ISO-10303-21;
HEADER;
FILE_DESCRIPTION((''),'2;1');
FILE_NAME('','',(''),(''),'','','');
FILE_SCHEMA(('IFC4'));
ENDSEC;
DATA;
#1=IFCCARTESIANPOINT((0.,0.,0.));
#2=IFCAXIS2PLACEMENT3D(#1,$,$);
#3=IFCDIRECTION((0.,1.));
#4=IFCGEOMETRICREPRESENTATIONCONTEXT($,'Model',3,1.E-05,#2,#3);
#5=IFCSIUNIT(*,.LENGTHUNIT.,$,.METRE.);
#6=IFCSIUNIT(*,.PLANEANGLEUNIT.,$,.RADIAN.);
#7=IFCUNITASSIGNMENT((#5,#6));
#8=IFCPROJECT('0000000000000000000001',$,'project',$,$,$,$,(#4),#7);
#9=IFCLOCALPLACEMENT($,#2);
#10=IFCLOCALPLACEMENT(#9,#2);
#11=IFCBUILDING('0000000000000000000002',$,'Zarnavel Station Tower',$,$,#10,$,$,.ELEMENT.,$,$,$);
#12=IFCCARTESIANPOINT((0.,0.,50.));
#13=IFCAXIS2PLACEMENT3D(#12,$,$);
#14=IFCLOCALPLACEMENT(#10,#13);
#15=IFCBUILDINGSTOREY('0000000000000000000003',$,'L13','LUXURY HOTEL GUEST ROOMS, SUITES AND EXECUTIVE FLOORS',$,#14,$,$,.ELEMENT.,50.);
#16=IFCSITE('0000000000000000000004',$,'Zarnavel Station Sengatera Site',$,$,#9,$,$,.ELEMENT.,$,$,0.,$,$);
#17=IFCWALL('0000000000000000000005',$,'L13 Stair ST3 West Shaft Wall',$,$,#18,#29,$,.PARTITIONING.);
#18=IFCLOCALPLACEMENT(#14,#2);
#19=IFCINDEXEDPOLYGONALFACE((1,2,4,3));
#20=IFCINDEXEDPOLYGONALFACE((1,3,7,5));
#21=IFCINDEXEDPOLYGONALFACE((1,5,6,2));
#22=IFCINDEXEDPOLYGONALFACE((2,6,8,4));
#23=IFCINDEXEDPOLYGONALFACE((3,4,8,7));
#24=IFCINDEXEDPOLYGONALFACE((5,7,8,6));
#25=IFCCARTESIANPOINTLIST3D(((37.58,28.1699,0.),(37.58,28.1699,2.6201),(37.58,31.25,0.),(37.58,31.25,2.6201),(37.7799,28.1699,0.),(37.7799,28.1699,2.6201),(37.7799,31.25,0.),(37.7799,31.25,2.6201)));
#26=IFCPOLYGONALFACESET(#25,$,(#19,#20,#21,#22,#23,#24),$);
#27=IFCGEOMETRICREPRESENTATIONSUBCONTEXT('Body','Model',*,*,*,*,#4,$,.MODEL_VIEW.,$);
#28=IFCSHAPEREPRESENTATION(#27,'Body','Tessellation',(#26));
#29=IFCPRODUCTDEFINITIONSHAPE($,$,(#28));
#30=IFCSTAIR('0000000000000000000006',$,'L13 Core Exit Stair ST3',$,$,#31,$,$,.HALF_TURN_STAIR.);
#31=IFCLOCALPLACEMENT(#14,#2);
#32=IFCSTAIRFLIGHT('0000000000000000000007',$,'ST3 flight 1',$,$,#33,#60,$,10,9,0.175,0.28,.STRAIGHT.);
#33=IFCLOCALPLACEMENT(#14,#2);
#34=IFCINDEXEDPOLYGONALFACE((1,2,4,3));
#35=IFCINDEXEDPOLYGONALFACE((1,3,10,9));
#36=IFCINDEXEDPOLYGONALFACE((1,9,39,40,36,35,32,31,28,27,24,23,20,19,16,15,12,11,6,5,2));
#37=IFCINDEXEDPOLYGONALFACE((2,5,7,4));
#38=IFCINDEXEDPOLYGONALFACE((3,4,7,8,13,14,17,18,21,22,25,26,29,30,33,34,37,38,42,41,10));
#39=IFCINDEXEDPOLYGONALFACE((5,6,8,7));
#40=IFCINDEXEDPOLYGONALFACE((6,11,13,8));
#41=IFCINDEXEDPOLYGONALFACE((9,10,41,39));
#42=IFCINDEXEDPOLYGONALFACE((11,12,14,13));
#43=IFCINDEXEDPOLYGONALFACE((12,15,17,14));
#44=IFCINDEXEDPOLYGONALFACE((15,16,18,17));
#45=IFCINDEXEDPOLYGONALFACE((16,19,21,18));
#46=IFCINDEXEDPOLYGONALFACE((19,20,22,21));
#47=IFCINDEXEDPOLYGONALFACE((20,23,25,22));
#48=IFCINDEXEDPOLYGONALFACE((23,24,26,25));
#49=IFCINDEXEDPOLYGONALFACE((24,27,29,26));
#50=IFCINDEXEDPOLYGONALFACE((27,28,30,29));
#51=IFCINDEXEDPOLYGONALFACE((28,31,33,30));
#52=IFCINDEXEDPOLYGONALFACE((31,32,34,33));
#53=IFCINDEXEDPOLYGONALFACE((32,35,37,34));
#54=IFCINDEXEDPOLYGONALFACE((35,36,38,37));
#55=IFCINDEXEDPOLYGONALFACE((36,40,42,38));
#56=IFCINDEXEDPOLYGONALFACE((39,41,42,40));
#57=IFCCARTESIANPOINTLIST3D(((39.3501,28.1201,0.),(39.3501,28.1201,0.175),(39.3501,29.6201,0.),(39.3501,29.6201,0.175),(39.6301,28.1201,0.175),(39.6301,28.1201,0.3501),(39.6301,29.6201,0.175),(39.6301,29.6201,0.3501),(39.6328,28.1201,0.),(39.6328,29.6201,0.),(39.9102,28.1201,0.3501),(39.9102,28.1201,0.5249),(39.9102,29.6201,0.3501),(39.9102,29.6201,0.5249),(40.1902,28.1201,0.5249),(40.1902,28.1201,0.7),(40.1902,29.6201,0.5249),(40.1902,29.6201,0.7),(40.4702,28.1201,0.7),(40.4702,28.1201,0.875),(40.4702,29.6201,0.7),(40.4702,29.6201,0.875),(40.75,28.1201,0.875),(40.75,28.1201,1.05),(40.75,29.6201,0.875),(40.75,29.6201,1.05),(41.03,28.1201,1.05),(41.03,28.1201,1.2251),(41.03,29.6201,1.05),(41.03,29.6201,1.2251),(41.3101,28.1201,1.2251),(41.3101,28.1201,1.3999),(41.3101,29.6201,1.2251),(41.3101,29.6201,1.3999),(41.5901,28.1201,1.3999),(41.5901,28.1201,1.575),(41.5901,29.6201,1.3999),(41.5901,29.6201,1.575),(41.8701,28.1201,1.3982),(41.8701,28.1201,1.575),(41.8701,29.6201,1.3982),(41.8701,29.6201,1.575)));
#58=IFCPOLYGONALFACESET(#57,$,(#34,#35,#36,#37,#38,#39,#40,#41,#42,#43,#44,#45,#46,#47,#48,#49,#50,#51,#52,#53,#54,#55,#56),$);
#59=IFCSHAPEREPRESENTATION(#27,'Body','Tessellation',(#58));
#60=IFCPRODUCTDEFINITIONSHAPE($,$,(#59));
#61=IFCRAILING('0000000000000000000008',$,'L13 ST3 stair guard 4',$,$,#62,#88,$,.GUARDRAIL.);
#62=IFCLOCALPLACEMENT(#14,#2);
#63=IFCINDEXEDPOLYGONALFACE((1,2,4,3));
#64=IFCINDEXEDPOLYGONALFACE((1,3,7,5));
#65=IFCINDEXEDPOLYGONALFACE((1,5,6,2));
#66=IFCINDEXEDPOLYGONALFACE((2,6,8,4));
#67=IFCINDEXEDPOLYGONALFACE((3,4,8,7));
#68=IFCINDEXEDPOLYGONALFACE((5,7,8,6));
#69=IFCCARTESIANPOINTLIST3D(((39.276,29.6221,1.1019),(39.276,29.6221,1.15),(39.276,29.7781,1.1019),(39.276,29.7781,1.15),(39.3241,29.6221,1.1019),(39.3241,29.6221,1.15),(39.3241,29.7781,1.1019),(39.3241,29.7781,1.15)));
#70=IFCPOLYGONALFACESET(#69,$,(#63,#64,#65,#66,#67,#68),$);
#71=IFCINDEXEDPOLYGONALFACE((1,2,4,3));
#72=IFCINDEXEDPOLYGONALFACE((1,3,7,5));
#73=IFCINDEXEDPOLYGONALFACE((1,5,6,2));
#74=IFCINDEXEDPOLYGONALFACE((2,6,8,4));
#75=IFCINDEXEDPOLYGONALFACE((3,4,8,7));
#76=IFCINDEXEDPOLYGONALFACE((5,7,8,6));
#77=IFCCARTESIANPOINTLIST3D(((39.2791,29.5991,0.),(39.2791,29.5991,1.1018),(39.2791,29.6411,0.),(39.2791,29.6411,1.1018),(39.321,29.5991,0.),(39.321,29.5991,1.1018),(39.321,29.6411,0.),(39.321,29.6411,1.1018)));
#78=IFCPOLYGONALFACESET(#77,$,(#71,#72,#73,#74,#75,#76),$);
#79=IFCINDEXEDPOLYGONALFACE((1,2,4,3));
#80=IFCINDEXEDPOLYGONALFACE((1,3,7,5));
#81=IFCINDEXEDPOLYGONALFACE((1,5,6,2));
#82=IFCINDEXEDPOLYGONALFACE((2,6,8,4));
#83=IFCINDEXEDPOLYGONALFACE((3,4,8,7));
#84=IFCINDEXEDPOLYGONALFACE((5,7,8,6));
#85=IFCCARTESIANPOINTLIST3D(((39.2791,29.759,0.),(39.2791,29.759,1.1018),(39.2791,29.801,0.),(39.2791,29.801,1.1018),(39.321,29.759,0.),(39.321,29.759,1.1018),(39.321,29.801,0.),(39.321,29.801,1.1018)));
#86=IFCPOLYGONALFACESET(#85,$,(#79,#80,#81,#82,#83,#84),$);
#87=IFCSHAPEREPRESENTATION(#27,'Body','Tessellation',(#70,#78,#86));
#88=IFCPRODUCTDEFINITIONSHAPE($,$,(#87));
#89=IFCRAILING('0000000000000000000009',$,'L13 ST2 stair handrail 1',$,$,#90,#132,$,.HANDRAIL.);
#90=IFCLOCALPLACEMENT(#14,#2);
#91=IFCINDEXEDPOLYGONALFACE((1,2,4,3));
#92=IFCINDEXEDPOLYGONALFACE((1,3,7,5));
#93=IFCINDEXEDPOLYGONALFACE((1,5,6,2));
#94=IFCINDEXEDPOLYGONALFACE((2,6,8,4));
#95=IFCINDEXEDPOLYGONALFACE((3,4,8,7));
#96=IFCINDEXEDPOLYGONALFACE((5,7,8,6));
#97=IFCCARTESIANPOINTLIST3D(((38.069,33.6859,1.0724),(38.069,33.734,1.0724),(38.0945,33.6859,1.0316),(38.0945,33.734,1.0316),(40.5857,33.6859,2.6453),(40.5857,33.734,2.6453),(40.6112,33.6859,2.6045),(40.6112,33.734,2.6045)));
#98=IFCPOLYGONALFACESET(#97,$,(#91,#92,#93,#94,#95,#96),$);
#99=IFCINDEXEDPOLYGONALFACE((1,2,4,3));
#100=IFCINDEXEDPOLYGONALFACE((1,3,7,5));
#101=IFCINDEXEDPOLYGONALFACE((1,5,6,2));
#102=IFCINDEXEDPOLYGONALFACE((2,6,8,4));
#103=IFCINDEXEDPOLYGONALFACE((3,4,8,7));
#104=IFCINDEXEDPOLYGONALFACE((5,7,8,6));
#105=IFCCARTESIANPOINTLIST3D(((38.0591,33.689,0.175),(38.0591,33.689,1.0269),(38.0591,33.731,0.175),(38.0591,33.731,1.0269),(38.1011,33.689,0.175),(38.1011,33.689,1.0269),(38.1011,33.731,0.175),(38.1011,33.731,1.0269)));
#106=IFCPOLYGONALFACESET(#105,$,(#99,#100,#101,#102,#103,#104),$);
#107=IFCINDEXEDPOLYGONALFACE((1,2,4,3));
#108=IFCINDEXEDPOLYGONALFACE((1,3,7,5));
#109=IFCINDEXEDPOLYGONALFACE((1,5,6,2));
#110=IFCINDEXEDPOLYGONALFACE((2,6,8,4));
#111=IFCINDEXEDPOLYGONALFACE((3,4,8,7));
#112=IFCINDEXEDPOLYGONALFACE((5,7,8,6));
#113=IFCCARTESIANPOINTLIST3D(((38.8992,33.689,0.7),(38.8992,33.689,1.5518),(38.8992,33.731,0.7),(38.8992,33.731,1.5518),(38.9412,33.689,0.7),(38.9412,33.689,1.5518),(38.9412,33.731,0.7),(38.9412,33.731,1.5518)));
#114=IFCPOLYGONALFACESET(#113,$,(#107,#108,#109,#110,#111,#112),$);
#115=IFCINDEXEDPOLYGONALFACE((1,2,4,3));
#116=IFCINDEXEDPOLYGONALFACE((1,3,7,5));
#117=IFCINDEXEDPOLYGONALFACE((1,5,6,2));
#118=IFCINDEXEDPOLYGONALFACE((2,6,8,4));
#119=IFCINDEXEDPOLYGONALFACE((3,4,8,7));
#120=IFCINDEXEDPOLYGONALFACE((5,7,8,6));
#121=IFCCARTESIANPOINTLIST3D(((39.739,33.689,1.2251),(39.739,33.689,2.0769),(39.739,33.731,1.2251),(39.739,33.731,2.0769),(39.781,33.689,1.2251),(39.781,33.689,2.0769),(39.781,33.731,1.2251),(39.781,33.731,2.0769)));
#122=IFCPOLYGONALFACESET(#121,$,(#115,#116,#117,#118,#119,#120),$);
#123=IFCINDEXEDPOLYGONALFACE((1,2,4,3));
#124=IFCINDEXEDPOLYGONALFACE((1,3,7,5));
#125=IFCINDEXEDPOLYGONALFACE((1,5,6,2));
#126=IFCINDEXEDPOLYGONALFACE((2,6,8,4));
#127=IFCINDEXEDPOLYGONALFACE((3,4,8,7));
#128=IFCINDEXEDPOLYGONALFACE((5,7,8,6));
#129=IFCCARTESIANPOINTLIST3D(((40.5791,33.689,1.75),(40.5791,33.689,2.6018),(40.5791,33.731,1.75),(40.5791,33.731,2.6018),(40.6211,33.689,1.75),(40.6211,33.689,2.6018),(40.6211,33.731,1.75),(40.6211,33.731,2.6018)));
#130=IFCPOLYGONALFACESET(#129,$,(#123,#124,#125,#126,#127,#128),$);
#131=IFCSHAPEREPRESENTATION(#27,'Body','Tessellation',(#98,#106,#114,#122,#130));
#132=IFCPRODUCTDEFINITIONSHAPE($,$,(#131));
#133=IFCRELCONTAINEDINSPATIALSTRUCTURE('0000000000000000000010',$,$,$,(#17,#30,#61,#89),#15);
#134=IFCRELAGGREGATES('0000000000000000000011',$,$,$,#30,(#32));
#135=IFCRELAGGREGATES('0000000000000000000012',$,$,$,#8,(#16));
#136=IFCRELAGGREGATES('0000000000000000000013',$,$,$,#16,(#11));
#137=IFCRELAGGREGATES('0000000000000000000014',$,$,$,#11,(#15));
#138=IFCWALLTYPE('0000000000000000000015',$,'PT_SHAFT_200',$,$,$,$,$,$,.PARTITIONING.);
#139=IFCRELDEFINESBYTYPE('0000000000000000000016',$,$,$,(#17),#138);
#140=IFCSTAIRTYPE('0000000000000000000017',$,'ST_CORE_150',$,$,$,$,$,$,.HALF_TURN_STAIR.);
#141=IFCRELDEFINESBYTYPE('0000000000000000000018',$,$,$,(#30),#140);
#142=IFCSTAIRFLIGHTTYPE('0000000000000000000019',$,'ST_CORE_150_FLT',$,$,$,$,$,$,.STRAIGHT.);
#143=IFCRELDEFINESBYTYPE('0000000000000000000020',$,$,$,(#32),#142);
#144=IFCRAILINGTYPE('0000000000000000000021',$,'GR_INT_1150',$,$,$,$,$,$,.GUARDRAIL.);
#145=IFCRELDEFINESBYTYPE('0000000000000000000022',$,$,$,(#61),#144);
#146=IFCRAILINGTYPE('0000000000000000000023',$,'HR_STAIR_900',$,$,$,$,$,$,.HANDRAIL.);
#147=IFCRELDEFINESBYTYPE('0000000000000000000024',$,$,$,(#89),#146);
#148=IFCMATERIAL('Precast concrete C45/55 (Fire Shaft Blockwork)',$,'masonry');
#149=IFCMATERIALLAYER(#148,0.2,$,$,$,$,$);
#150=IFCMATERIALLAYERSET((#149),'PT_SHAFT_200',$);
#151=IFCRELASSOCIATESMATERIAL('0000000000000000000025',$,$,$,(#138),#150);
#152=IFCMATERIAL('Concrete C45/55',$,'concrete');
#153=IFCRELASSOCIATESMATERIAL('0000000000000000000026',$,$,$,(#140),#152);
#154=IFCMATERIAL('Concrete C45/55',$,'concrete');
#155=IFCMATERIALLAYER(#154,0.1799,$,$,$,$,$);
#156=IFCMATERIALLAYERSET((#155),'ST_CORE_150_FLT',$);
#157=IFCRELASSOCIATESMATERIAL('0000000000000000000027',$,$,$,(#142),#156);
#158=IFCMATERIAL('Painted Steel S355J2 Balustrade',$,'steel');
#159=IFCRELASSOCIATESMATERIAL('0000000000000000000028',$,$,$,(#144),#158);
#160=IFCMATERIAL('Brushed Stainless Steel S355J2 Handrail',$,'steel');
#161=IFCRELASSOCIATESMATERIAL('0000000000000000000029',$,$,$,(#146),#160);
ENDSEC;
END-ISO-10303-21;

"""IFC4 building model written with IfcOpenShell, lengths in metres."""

from ifc_helpers import new_model, si_unit, direction, frame, frame_2d, origin, origin_2d, place, context, subcontext, project, spatial, polyline, rectangle, outline, extrude, material, layer, layer_set, type_object, element, aggregate, save


model = new_model("IFC4")

# Units and contexts
model_context = context("Model", 3, precision=1e-05, world=origin(), true_north=direction((0.0, 1.0)))
body_context = subcontext(model_context, "Body", "Model", "MODEL_VIEW")
ifc_project = project(units=[si_unit("LENGTHUNIT", "METRE"), si_unit("PLANEANGLEUNIT", "RADIAN")], contexts=[model_context])

# Site, building, storey
site_placement = place(None, origin())
site = spatial("IfcSite", under=ifc_project, at=site_placement, Name="Zarnavel Station Sengatera Site", CompositionType="ELEMENT", RefElevation=0.0)
building_placement = place(site_placement, origin())
building = spatial("IfcBuilding", under=site, at=building_placement, Name="Zarnavel Station Tower", CompositionType="ELEMENT")
storey_placement = place(building_placement, frame((0.0, 0.0, 50.0)))
storey = spatial("IfcBuildingStorey", under=building, at=storey_placement, Name="L13", Description="LUXURY HOTEL GUEST ROOMS, SUITES AND EXECUTIVE FLOORS", CompositionType="ELEMENT", Elevation=50.0)

# Shared definitions
ifc_material_1 = material(Name="Precast concrete C45/55 (Fire Shaft Blockwork)", Category="masonry")
ifc_layer_1 = layer(ifc_material_1, 0.2)
ifc_layer_set_1 = layer_set([ifc_layer_1], Name="PT_SHAFT_200")
wall_type_1 = type_object("IfcWallType", Name="PT_SHAFT_200", PredefinedType="PARTITIONING", material=ifc_layer_set_1)

# Wall
wall_1_placement = place(storey_placement, frame((37.6799, 28.1699, 0.0), z_axis=(0.0, 0.0, 1.0), x_axis=(0.0, 1.0, 0.0)))
element("IfcWall", 1, at=wall_1_placement, inside=storey, type_object=wall_type_1, Name="L13 Stair ST3 West Shaft Wall", PredefinedType="PARTITIONING", context=body_context, shape_type="SweptSolid", body=[
    extrude(rectangle(XDim=3.0801, YDim=0.2, at=frame_2d((1.54, 0.0))), origin(), (0.0, 0.0, 1.0), 2.6201),
])

# Stair, stair flight
ifc_material_2 = material(Name="Concrete C45/55", Category="concrete")
stair_type = type_object("IfcStairType", Name="ST_CORE_150", PredefinedType="HALF_TURN_STAIR", material=ifc_material_2)
stair_placement = place(storey_placement, origin())
stair = element("IfcStair", 2, at=stair_placement, inside=storey, type_object=stair_type, Name="L13 Core Exit Stair ST3", PredefinedType="HALF_TURN_STAIR")
ifc_material_3 = material(Name="Concrete C45/55", Category="concrete")
ifc_layer_2 = layer(ifc_material_3, 0.1799)
ifc_layer_set_2 = layer_set([ifc_layer_2], Name="ST_CORE_150_FLT")
stair_flight_type = type_object("IfcStairFlightType", Name="ST_CORE_150_FLT", PredefinedType="STRAIGHT", material=ifc_layer_set_2)
stair_flight_placement = place(storey_placement, frame((39.3501, 28.8701, 0.0), z_axis=(0.0, 0.0, 1.0), x_axis=(1.0, 0.0, 0.0)))
stair_flight = element("IfcStairFlight", 3, at=stair_flight_placement, type_object=stair_flight_type, Name="ST3 flight 1", NumberOfRisers=10, NumberOfTreads=9, PredefinedType="STRAIGHT", RiserHeight=0.175, TreadLength=0.28, context=body_context, shape_type="SweptSolid", body=[
    extrude(outline(polyline([(0.0, 0.0), (0.0, 0.175), (0.28, 0.175), (0.28, 0.3501), (0.5601, 0.3501), (0.5601, 0.5249), (0.8401, 0.5249), (0.8401, 0.7), (1.1201, 0.7), (1.1201, 0.875), (1.3999, 0.875), (1.3999, 1.05), (1.6799, 1.05), (1.6799, 1.2251), (1.96, 1.2251), (1.96, 1.3999), (2.24, 1.3999), (2.24, 1.575), (2.52, 1.575), (2.52, 1.75), (2.52, 1.3982), (0.2827, 0.0), (0.0, 0.0)])), frame((0.0, 0.75, 0.0), z_axis=(0.0, -1.0, 0.0), x_axis=(1.0, 0.0, 0.0)), (0.0, 0.0, 1.0), 1.5),
])
aggregate(stair, [stair_flight])

# Railings
ifc_material_4 = material(Name="Painted Steel S355J2 Balustrade", Category="steel")
railing_type_1 = type_object("IfcRailingType", Name="GR_INT_1150", PredefinedType="GUARDRAIL", material=ifc_material_4)
railing_1_placement = place(storey_placement, frame((39.3, 29.6201, 0.0)))
element("IfcRailing", 4, at=railing_1_placement, inside=storey, type_object=railing_type_1, Name="L13 ST3 stair guard 4", PredefinedType="GUARDRAIL", context=body_context, shape_type="SweptSolid", body=[
    extrude(rectangle(XDim=0.0481, YDim=0.0481, at=origin_2d()), frame((0.0, 0.002, 1.126), z_axis=(0.0, 1.0, 0.0), x_axis=(-1.0, 0.0, 0.0)), (0.0, 0.0, 1.0), 0.156),
    extrude(rectangle(XDim=0.042, YDim=0.042, at=origin_2d()), origin(), (0.0, 0.0, 1.0), 1.1018),
    extrude(rectangle(XDim=0.042, YDim=0.042, at=origin_2d()), frame((0.0, 0.1599, 0.0)), (0.0, 0.0, 1.0), 1.1018),
])
ifc_material_5 = material(Name="Brushed Stainless Steel S355J2 Handrail", Category="steel")
railing_type_2 = type_object("IfcRailingType", Name="HR_STAIR_900", PredefinedType="HANDRAIL", material=ifc_material_5)
railing_2_placement = place(storey_placement, frame((38.0801, 33.71, 0.175)))
element("IfcRailing", 5, at=railing_2_placement, inside=storey, type_object=railing_type_2, Name="L13 ST2 stair handrail 1", PredefinedType="HANDRAIL", context=body_context, shape_type="SweptSolid", body=[
    extrude(rectangle(XDim=0.0481, YDim=0.0481, at=origin_2d()), frame((0.0017, 0.0, 0.877), z_axis=(0.848008, 0.0, 0.529984), x_axis=(0.0, 1.0, 0.0)), (0.0, 0.0, 1.0), 2.9678),
    extrude(rectangle(XDim=0.042, YDim=0.042, at=origin_2d()), origin(), (0.0, 0.0, 1.0), 0.8518),
    extrude(rectangle(XDim=0.042, YDim=0.042, at=origin_2d()), frame((0.8401, 0.0, 0.5249)), (0.0, 0.0, 1.0), 0.8518),
    extrude(rectangle(XDim=0.042, YDim=0.042, at=origin_2d()), frame((1.6799, 0.0, 1.05)), (0.0, 0.0, 1.0), 0.8518),
    extrude(rectangle(XDim=0.042, YDim=0.042, at=origin_2d()), frame((2.52, 0.0, 1.575)), (0.0, 0.0, 1.0), 0.8518),
])

save(model, "model.ifc")
